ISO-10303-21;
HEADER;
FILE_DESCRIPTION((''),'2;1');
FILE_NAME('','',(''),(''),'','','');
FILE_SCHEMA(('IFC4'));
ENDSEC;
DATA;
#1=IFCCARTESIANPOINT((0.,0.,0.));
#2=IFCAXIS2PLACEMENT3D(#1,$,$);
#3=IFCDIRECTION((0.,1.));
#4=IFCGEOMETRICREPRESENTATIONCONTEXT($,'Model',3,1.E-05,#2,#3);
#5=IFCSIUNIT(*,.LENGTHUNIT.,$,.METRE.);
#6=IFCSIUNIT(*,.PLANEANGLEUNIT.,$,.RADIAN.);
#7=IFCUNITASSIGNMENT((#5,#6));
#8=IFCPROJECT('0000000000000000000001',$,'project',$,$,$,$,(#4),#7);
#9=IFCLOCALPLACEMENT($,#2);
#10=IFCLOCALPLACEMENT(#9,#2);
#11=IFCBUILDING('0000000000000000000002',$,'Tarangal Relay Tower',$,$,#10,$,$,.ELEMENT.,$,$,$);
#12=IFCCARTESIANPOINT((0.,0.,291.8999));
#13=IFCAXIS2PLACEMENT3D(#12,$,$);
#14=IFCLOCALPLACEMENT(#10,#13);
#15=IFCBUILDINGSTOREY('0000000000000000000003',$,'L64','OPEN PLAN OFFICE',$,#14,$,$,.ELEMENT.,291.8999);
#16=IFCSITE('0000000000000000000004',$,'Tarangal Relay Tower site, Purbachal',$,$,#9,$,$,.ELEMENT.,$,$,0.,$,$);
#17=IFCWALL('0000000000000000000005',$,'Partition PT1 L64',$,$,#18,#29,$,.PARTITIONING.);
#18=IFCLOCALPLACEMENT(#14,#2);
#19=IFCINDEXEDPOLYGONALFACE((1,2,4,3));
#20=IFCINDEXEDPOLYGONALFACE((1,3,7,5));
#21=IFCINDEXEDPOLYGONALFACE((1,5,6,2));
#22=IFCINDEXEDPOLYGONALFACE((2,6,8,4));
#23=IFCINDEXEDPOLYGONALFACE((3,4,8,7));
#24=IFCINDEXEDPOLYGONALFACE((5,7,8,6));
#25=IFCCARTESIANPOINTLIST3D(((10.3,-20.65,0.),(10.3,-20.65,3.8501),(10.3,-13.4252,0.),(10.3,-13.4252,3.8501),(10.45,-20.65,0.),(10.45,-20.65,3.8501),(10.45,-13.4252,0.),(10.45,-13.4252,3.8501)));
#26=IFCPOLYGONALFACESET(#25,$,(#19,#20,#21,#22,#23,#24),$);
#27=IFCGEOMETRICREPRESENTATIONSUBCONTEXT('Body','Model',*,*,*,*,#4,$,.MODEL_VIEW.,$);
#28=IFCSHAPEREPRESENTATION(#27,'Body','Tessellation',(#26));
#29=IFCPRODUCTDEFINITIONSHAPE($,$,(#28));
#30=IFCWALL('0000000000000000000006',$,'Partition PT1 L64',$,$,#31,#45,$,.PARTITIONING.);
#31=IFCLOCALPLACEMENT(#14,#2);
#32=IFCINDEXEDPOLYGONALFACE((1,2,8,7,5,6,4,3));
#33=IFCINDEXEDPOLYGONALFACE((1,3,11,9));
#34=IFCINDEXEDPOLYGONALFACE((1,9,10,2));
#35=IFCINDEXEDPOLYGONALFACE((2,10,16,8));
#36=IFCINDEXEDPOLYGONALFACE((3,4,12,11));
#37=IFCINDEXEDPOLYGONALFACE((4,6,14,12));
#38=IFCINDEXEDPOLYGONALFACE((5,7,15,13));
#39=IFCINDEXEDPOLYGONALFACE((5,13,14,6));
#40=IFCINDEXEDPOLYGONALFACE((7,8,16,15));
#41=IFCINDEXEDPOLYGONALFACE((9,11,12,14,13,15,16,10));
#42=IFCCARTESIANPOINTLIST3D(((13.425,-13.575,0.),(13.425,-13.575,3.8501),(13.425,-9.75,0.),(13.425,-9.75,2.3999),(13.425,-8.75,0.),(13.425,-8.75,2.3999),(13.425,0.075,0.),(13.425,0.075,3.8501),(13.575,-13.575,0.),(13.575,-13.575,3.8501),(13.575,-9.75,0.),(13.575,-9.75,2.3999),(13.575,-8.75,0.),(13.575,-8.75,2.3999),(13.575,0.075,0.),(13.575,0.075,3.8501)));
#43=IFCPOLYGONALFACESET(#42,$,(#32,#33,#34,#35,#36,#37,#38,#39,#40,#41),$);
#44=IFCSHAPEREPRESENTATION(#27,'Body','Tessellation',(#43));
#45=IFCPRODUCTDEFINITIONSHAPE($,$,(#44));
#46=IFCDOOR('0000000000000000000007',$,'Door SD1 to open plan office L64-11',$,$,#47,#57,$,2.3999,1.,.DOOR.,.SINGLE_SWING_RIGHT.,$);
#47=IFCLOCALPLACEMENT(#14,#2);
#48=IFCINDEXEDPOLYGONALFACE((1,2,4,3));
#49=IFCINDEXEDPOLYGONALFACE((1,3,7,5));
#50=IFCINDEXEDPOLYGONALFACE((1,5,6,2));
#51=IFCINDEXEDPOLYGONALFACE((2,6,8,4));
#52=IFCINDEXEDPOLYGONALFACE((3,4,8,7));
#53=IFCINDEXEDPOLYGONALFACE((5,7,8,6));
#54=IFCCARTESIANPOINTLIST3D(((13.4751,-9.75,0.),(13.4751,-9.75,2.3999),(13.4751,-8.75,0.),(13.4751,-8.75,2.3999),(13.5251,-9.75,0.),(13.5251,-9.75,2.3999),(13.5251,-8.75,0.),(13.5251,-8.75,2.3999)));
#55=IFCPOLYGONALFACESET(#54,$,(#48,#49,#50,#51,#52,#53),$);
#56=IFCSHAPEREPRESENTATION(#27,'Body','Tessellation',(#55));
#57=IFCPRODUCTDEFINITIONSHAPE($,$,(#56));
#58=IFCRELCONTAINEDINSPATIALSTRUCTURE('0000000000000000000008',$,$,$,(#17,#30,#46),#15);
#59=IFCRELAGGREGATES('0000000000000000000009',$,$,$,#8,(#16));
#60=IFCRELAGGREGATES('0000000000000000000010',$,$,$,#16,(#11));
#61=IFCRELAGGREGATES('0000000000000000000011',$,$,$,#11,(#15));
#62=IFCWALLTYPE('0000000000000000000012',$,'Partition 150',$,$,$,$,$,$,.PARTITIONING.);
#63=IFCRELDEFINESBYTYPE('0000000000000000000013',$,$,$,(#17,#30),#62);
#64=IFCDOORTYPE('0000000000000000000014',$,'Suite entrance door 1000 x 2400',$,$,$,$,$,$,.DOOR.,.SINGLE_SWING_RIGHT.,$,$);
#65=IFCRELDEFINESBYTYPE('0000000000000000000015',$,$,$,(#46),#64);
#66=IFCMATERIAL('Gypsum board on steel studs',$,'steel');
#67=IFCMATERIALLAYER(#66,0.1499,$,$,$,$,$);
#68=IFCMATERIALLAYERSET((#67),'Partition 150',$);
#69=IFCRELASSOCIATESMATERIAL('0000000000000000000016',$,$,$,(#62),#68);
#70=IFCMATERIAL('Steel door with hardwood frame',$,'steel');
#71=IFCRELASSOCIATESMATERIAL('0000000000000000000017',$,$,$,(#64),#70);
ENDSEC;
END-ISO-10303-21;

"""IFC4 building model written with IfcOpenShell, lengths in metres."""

from ifc_helpers import new_model, si_unit, direction, frame, frame_2d, origin, place, context, subcontext, project, spatial, rectangle, extrude, material, layer, layer_set, type_object, element, fill, save


model = new_model("IFC4")

# Units and contexts
model_context = context("Model", 3, precision=1e-05, world=origin(), true_north=direction((0.0, 1.0)))
body_context = subcontext(model_context, "Body", "Model", "MODEL_VIEW")
ifc_project = project(units=[si_unit("LENGTHUNIT", "METRE"), si_unit("PLANEANGLEUNIT", "RADIAN")], contexts=[model_context])

# Site, building, storey
site_placement = place(None, origin())
site = spatial("IfcSite", under=ifc_project, at=site_placement, Name="Tarangal Relay Tower site, Purbachal", CompositionType="ELEMENT", RefElevation=0.0)
building_placement = place(site_placement, origin())
building = spatial("IfcBuilding", under=site, at=building_placement, Name="Tarangal Relay Tower", CompositionType="ELEMENT")
storey_placement = place(building_placement, frame((0.0, 0.0, 291.8999)))
storey = spatial("IfcBuildingStorey", under=building, at=storey_placement, Name="L64", Description="OPEN PLAN OFFICE", CompositionType="ELEMENT", Elevation=291.8999)

# Wall
ifc_material_1 = material(Name="Gypsum board on steel studs", Category="steel")
ifc_layer_1 = layer(ifc_material_1, 0.1499)
ifc_layer_set_1 = layer_set([ifc_layer_1], Name="Partition 150")
wall_type_1 = type_object("IfcWallType", Name="Partition 150", PredefinedType="PARTITIONING", material=ifc_layer_set_1)
wall_1_placement = place(storey_placement, frame((10.375, -20.6499, 0.0), z_axis=(0.0, 0.0, 1.0), x_axis=(0.0, 1.0, 0.0)))
element("IfcWall", 1, at=wall_1_placement, inside=storey, type_object=wall_type_1, Name="Partition PT1 L64", PredefinedType="PARTITIONING", context=body_context, shape_type="SweptSolid", body=[
    extrude(rectangle(XDim=7.2249, YDim=0.1499, at=frame_2d((3.6123, 0.0))), origin(), (0.0, 0.0, 1.0), 3.8501),
])

# Wall, opening, door
wall_2_placement = place(storey_placement, frame((13.5, -13.575, 0.0), z_axis=(0.0, 0.0, 1.0), x_axis=(0.0, 1.0, 0.0)))
wall_2 = element("IfcWall", 2, at=wall_2_placement, inside=storey, type_object=wall_type_1, Name="Partition PT1 L64", PredefinedType="PARTITIONING", context=body_context, shape_type="SweptSolid", body=[
    extrude(rectangle(XDim=13.6499, YDim=0.1499, at=frame_2d((6.825, 0.0))), origin(), (0.0, 0.0, 1.0), 3.8501),
])
opening_1_placement = place(wall_2_placement, frame((3.825, 0.0, 0.0)))
opening_1 = element("IfcOpeningElement", 3, at=opening_1_placement, cuts=wall_2, PredefinedType="OPENING", context=body_context, shape_type="SweptSolid", body=[
    extrude(rectangle(XDim=1.0, YDim=2.3999, at=frame_2d((0.5, 1.2))), frame((0.0, 0.085, 0.0), z_axis=(0.0, -1.0, 0.0), x_axis=(1.0, 0.0, 0.0)), (0.0, 0.0, 1.0), 0.1699),
])
ifc_material_2 = material(Name="Steel door with hardwood frame", Category="steel")
door_type_1 = type_object("IfcDoorType", Name="Suite entrance door 1000 x 2400", OperationType="SINGLE_SWING_RIGHT", PredefinedType="DOOR", material=ifc_material_2)
door_1_placement = place(opening_1_placement, origin())
door_1 = element("IfcDoor", 4, at=door_1_placement, inside=storey, type_object=door_type_1, Name="Door SD1 to open plan office L64-11", OperationType="SINGLE_SWING_RIGHT", OverallHeight=2.3999, OverallWidth=1.0, PredefinedType="DOOR", context=body_context, shape_type="SweptSolid", body=[
    extrude(rectangle(XDim=1.0, YDim=2.3999, at=frame_2d((0.5, 1.2))), frame((0.0, 0.0249, 0.0), z_axis=(0.0, -1.0, 0.0), x_axis=(1.0, 0.0, 0.0)), (0.0, 0.0, 1.0), 0.05),
])
fill(opening_1, door_1)

save(model, "model.ifc")
